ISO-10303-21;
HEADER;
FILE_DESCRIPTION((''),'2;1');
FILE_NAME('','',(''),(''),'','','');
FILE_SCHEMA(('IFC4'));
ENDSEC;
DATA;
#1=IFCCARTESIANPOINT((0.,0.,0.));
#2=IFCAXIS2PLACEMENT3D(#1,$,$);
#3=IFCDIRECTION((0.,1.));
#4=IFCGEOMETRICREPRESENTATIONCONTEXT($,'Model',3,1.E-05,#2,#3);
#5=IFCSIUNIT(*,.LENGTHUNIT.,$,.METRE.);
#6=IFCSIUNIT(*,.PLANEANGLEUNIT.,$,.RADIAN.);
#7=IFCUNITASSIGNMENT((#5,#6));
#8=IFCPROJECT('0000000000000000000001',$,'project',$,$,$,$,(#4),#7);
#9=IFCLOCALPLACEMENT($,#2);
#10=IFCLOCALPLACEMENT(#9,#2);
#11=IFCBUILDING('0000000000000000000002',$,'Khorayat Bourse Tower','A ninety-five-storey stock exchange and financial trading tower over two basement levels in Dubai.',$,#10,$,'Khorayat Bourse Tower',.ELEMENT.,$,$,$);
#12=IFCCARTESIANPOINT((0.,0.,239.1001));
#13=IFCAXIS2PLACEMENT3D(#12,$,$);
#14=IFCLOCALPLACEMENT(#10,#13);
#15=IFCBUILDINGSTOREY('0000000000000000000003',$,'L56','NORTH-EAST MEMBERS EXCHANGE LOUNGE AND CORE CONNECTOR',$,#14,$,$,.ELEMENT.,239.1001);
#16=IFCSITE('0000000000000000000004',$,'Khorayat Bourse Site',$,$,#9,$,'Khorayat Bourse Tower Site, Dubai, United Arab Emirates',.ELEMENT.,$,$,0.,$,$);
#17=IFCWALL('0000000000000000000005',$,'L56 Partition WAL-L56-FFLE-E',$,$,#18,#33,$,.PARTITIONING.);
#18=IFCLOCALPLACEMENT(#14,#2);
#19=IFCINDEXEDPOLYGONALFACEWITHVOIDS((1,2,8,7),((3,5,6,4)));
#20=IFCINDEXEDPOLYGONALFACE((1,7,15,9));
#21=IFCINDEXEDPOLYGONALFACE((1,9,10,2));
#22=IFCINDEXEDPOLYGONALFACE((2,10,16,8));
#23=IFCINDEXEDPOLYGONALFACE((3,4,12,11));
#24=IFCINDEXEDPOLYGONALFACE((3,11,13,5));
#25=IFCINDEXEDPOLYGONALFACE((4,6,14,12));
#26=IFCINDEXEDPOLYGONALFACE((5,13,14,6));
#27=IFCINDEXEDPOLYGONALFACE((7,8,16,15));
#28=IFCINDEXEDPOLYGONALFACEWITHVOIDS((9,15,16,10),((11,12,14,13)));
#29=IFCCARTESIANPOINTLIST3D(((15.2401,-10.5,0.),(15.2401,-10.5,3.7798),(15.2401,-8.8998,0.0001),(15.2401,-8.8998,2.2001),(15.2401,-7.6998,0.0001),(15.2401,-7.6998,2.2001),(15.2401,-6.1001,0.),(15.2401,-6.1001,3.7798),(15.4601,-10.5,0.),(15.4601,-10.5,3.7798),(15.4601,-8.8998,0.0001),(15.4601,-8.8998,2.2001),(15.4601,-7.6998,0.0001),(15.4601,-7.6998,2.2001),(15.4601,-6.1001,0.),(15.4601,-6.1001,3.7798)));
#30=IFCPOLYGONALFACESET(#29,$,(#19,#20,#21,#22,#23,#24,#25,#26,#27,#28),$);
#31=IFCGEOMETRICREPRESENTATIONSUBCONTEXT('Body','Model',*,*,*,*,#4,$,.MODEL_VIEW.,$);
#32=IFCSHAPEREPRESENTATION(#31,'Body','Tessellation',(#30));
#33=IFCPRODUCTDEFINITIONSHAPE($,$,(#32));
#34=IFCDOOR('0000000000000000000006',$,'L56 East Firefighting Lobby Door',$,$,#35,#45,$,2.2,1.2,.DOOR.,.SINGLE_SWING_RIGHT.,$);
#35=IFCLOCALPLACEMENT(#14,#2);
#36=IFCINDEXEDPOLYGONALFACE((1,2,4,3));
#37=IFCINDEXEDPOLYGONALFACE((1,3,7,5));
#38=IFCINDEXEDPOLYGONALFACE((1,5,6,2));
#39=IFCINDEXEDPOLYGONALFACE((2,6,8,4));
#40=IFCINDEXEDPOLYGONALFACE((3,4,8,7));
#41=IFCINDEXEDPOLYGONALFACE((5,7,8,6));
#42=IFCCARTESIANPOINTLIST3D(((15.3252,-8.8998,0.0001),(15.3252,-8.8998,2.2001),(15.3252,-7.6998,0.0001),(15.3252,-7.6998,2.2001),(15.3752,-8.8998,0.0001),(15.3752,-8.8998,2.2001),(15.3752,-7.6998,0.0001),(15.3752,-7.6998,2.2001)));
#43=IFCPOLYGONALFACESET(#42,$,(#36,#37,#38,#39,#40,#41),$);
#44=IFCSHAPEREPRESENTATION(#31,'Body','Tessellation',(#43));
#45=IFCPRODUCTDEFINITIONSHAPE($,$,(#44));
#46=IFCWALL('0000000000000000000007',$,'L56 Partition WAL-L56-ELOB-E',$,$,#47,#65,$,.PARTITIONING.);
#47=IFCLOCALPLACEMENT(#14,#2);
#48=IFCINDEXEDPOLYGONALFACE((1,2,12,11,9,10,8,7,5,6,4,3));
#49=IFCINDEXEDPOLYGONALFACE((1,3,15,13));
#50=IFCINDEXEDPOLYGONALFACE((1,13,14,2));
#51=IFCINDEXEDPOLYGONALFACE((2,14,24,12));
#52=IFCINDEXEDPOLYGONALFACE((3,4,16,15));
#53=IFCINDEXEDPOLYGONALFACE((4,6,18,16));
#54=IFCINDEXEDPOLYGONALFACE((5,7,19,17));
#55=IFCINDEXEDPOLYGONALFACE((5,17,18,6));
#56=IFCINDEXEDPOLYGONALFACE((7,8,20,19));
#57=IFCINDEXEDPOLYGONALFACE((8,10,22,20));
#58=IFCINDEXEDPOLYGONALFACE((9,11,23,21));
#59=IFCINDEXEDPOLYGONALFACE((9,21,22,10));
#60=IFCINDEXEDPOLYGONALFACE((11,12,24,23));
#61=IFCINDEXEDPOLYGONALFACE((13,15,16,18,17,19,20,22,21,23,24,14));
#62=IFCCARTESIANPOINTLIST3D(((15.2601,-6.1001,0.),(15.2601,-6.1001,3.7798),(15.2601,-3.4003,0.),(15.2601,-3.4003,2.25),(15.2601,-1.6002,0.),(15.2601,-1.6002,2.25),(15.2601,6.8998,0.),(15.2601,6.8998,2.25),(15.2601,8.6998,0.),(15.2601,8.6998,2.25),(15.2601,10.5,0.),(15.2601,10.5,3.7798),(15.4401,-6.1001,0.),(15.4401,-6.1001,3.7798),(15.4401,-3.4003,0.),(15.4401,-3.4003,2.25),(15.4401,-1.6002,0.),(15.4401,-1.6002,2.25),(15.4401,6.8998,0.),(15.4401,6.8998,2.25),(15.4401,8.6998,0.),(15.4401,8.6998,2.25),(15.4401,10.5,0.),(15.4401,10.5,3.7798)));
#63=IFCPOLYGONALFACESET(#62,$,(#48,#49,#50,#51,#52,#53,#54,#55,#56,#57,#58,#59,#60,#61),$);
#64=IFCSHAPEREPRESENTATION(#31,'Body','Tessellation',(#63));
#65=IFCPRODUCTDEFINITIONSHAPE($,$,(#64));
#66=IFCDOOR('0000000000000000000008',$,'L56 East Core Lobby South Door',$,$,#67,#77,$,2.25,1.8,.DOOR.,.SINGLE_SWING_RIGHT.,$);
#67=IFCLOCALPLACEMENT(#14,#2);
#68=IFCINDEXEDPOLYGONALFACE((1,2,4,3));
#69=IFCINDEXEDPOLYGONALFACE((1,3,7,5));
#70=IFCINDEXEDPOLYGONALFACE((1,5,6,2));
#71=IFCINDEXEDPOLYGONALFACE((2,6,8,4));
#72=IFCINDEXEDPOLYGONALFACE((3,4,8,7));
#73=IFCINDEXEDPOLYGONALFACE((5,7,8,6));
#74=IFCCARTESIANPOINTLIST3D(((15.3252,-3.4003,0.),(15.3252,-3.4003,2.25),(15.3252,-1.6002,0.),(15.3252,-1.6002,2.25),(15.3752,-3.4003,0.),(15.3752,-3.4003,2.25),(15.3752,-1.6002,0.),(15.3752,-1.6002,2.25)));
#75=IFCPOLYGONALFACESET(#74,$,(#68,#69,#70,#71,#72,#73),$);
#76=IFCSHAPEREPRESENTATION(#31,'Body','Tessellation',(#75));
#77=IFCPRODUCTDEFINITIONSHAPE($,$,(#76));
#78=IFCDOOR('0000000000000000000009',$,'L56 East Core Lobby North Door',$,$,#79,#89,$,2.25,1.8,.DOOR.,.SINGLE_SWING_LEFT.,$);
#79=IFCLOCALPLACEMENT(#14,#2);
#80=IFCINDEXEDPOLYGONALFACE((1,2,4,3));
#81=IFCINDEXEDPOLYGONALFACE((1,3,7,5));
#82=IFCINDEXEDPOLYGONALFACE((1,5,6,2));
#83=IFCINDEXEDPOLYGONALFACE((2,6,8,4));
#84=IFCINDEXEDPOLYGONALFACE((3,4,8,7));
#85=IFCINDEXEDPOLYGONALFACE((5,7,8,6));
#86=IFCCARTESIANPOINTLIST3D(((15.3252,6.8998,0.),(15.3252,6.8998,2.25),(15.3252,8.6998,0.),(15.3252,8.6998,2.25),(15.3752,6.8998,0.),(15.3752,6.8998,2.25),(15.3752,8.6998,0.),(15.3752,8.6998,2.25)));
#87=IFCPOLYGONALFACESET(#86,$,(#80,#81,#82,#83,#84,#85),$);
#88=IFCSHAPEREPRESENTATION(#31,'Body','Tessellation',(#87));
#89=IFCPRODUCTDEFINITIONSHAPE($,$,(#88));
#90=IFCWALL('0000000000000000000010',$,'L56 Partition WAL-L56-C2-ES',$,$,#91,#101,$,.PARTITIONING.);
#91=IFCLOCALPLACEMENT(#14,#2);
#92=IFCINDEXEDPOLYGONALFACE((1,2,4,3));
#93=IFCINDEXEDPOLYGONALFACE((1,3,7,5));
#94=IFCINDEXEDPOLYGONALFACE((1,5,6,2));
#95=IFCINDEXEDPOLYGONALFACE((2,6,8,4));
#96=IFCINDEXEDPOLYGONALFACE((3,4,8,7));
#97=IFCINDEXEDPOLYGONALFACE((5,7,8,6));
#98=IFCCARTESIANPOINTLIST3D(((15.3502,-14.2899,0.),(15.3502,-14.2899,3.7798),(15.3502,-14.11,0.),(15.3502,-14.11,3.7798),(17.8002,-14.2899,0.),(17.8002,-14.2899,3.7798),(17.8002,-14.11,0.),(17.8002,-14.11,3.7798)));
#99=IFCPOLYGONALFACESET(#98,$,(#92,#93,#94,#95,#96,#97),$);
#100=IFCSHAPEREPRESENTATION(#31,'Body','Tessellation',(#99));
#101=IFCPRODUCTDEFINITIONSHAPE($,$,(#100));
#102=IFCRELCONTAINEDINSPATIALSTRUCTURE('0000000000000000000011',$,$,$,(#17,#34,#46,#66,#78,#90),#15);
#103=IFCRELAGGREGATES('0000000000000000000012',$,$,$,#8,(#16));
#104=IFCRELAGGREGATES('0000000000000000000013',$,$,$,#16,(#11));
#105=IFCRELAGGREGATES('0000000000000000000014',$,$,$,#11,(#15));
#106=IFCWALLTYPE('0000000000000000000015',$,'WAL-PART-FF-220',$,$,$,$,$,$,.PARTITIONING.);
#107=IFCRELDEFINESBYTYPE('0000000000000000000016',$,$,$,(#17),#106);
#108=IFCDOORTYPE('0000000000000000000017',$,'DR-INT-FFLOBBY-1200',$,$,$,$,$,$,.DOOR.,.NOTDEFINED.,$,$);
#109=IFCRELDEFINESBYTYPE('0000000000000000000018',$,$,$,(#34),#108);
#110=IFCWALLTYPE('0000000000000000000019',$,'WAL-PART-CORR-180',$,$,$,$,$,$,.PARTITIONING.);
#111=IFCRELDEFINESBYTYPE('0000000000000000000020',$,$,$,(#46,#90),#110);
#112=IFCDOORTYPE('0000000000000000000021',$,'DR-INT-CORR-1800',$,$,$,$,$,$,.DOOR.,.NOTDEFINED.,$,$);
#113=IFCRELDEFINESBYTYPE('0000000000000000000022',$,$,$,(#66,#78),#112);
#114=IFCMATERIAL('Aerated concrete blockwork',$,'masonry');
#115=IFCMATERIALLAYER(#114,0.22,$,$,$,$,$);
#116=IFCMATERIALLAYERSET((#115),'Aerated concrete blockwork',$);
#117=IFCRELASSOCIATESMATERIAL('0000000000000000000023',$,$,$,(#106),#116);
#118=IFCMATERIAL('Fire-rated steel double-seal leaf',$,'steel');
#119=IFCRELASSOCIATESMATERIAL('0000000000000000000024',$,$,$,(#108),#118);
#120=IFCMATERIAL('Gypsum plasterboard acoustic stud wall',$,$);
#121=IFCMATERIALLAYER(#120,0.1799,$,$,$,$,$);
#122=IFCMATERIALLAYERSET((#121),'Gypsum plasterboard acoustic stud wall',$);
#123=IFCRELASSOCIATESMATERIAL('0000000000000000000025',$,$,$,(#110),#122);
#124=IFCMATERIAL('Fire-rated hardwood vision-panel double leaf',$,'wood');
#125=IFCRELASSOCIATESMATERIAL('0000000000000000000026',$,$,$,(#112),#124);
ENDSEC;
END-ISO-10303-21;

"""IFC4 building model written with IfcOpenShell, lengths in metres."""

from ifc_helpers import new_model, si_unit, direction, frame, frame_2d, origin, place, context, subcontext, project, spatial, rectangle, extrude, source, transform, mapped, material, layer, layer_set, type_object, element, fill, save


model = new_model("IFC4")

# Units and contexts
model_context = context("Model", 3, precision=1e-05, world=origin(), true_north=direction((0.0, 1.0)))
body_context = subcontext(model_context, "Body", "Model", "MODEL_VIEW")
ifc_project = project(units=[si_unit("LENGTHUNIT", "METRE"), si_unit("PLANEANGLEUNIT", "RADIAN")], contexts=[model_context])

# Site, building, storey
site_placement = place(None, origin())
site = spatial("IfcSite", under=ifc_project, at=site_placement, Name="Khorayat Bourse Site", LongName="Khorayat Bourse Tower Site, Dubai, United Arab Emirates", CompositionType="ELEMENT", RefElevation=0.0)
building_placement = place(site_placement, origin())
building = spatial("IfcBuilding", under=site, at=building_placement, Name="Khorayat Bourse Tower", Description="A ninety-five-storey stock exchange and financial trading tower over two basement levels in Dubai.", LongName="Khorayat Bourse Tower", CompositionType="ELEMENT")
storey_placement = place(building_placement, frame((0.0, 0.0, 239.1001)))
storey = spatial("IfcBuildingStorey", under=building, at=storey_placement, Name="L56", Description="NORTH-EAST MEMBERS EXCHANGE LOUNGE AND CORE CONNECTOR", CompositionType="ELEMENT", Elevation=239.1001)

# Shared definitions
ifc_material_1 = material(Name="Aerated concrete blockwork", Category="masonry")
ifc_layer_1 = layer(ifc_material_1, 0.22)
ifc_layer_set_1 = layer_set([ifc_layer_1], Name="Aerated concrete blockwork")
wall_type_1 = type_object("IfcWallType", Name="WAL-PART-FF-220", PredefinedType="PARTITIONING", material=ifc_layer_set_1)

# Wall, opening, door
shared_shape_1 = source(origin(), body_context, "Body", "SweptSolid", [
    extrude(rectangle(XDim=4.3999, YDim=0.22, at=frame_2d((2.2, 0.0))), origin(), (0.0, 0.0, 1.0), 3.7798),
])
wall_1_placement = place(storey_placement, frame((15.3501, -10.5, 0.0), z_axis=(0.0, 0.0, 1.0), x_axis=(0.0, 1.0, 0.0)))
wall_1 = element("IfcWall", 1, at=wall_1_placement, inside=storey, type_object=wall_type_1, Name="L56 Partition WAL-L56-FFLE-E", PredefinedType="PARTITIONING", context=body_context, shape_type="MappedRepresentation", body=[
    mapped(shared_shape_1, transform((0.0, 0.0, 0.0), scale=1.0)),
])
shared_shape_2 = source(origin(), body_context, "Body", "SweptSolid", [
    extrude(rectangle(XDim=1.2, YDim=2.2, at=frame_2d((0.6001, 1.1001))), frame((0.0, 0.1199, 0.0), z_axis=(0.0, -1.0, 0.0), x_axis=(1.0, 0.0, 0.0)), (0.0, 0.0, 1.0), 0.24),
])
opening_1_placement = place(wall_1_placement, frame((1.6001, 0.0, 0.0)))
opening_1 = element("IfcOpeningElement", 2, at=opening_1_placement, cuts=wall_1, PredefinedType="OPENING", context=body_context, shape_type="MappedRepresentation", body=[
    mapped(shared_shape_2, transform((0.0, 0.0, 0.0), scale=1.0)),
])
ifc_material_2 = material(Name="Fire-rated steel double-seal leaf", Category="steel")
door_type_1 = type_object("IfcDoorType", Name="DR-INT-FFLOBBY-1200", OperationType="NOTDEFINED", PredefinedType="DOOR", material=ifc_material_2)
shared_shape_3 = source(origin(), body_context, "Body", "SweptSolid", [
    extrude(rectangle(XDim=1.2, YDim=2.2, at=frame_2d((0.6001, 1.1001))), frame((0.0, 0.0249, 0.0), z_axis=(0.0, -1.0, 0.0), x_axis=(1.0, 0.0, 0.0)), (0.0, 0.0, 1.0), 0.05),
])
door_1_placement = place(opening_1_placement, origin())
door_1 = element("IfcDoor", 3, at=door_1_placement, inside=storey, type_object=door_type_1, Name="L56 East Firefighting Lobby Door", OperationType="SINGLE_SWING_RIGHT", OverallHeight=2.2, OverallWidth=1.2, PredefinedType="DOOR", context=body_context, shape_type="MappedRepresentation", body=[
    mapped(shared_shape_3, transform((0.0, 0.0, 0.0), scale=1.0)),
])
fill(opening_1, door_1)

# Wall, openings, doors
ifc_material_3 = material(Name="Gypsum plasterboard acoustic stud wall")
ifc_layer_2 = layer(ifc_material_3, 0.1799)
ifc_layer_set_2 = layer_set([ifc_layer_2], Name="Gypsum plasterboard acoustic stud wall")
wall_type_2 = type_object("IfcWallType", Name="WAL-PART-CORR-180", PredefinedType="PARTITIONING", material=ifc_layer_set_2)
shared_shape_4 = source(origin(), body_context, "Body", "SweptSolid", [
    extrude(rectangle(XDim=16.6001, YDim=0.1799, at=frame_2d((8.3, 0.0))), origin(), (0.0, 0.0, 1.0), 3.7798),
])
wall_2_placement = place(storey_placement, frame((15.3501, -6.1001, 0.0), z_axis=(0.0, 0.0, 1.0), x_axis=(0.0, 1.0, 0.0)))
wall_2 = element("IfcWall", 4, at=wall_2_placement, inside=storey, type_object=wall_type_2, Name="L56 Partition WAL-L56-ELOB-E", PredefinedType="PARTITIONING", context=body_context, shape_type="MappedRepresentation", body=[
    mapped(shared_shape_4, transform((0.0, 0.0, 0.0), scale=1.0)),
])
shared_shape_5 = source(origin(), body_context, "Body", "SweptSolid", [
    extrude(rectangle(XDim=1.8, YDim=2.25, at=frame_2d((0.8999, 1.125))), frame((0.0, 0.0999, 0.0), z_axis=(0.0, -1.0, 0.0), x_axis=(1.0, 0.0, 0.0)), (0.0, 0.0, 1.0), 0.2),
])
opening_2_placement = place(wall_2_placement, frame((2.7, 0.0, 0.0)))
opening_2 = element("IfcOpeningElement", 5, at=opening_2_placement, cuts=wall_2, PredefinedType="OPENING", context=body_context, shape_type="MappedRepresentation", body=[
    mapped(shared_shape_5, transform((0.0, 0.0, 0.0), scale=1.0)),
])
opening_3_placement = place(wall_2_placement, frame((13.0, 0.0, 0.0)))
opening_3 = element("IfcOpeningElement", 6, at=opening_3_placement, cuts=wall_2, PredefinedType="OPENING", context=body_context, shape_type="MappedRepresentation", body=[
    mapped(shared_shape_5, transform((0.0, 0.0, 0.0), scale=1.0)),
])
ifc_material_4 = material(Name="Fire-rated hardwood vision-panel double leaf", Category="wood")
door_type_2 = type_object("IfcDoorType", Name="DR-INT-CORR-1800", OperationType="NOTDEFINED", PredefinedType="DOOR", material=ifc_material_4)
shared_shape_6 = source(origin(), body_context, "Body", "SweptSolid", [
    extrude(rectangle(XDim=1.8, YDim=2.25, at=frame_2d((0.8999, 1.125))), frame((0.0, 0.0249, 0.0), z_axis=(0.0, -1.0, 0.0), x_axis=(1.0, 0.0, 0.0)), (0.0, 0.0, 1.0), 0.05),
])
door_2_placement = place(opening_2_placement, origin())
door_2 = element("IfcDoor", 7, at=door_2_placement, inside=storey, type_object=door_type_2, Name="L56 East Core Lobby South Door", OperationType="SINGLE_SWING_RIGHT", OverallHeight=2.25, OverallWidth=1.8, PredefinedType="DOOR", context=body_context, shape_type="MappedRepresentation", body=[
    mapped(shared_shape_6, transform((0.0, 0.0, 0.0), scale=1.0)),
])
fill(opening_2, door_2)
door_3_placement = place(opening_3_placement, origin())
door_3 = element("IfcDoor", 8, at=door_3_placement, inside=storey, type_object=door_type_2, Name="L56 East Core Lobby North Door", OperationType="SINGLE_SWING_LEFT", OverallHeight=2.25, OverallWidth=1.8, PredefinedType="DOOR", context=body_context, shape_type="MappedRepresentation", body=[
    mapped(shared_shape_6, transform((0.0, 0.0, 0.0), scale=1.0)),
])
fill(opening_3, door_3)

# Wall
shared_shape_7 = source(origin(), body_context, "Body", "SweptSolid", [
    extrude(rectangle(XDim=2.45, YDim=0.1799, at=frame_2d((1.2251, 0.0))), origin(), (0.0, 0.0, 1.0), 3.7798),
])
wall_3_placement = place(storey_placement, frame((15.3501, -14.2, 0.0), z_axis=(0.0, 0.0, 1.0), x_axis=(1.0, 0.0, 0.0)))
element("IfcWall", 9, at=wall_3_placement, inside=storey, type_object=wall_type_2, Name="L56 Partition WAL-L56-C2-ES", PredefinedType="PARTITIONING", context=body_context, shape_type="MappedRepresentation", body=[
    mapped(shared_shape_7, transform((0.0, 0.0, 0.0), scale=1.0)),
])

save(model, "model.ifc")
